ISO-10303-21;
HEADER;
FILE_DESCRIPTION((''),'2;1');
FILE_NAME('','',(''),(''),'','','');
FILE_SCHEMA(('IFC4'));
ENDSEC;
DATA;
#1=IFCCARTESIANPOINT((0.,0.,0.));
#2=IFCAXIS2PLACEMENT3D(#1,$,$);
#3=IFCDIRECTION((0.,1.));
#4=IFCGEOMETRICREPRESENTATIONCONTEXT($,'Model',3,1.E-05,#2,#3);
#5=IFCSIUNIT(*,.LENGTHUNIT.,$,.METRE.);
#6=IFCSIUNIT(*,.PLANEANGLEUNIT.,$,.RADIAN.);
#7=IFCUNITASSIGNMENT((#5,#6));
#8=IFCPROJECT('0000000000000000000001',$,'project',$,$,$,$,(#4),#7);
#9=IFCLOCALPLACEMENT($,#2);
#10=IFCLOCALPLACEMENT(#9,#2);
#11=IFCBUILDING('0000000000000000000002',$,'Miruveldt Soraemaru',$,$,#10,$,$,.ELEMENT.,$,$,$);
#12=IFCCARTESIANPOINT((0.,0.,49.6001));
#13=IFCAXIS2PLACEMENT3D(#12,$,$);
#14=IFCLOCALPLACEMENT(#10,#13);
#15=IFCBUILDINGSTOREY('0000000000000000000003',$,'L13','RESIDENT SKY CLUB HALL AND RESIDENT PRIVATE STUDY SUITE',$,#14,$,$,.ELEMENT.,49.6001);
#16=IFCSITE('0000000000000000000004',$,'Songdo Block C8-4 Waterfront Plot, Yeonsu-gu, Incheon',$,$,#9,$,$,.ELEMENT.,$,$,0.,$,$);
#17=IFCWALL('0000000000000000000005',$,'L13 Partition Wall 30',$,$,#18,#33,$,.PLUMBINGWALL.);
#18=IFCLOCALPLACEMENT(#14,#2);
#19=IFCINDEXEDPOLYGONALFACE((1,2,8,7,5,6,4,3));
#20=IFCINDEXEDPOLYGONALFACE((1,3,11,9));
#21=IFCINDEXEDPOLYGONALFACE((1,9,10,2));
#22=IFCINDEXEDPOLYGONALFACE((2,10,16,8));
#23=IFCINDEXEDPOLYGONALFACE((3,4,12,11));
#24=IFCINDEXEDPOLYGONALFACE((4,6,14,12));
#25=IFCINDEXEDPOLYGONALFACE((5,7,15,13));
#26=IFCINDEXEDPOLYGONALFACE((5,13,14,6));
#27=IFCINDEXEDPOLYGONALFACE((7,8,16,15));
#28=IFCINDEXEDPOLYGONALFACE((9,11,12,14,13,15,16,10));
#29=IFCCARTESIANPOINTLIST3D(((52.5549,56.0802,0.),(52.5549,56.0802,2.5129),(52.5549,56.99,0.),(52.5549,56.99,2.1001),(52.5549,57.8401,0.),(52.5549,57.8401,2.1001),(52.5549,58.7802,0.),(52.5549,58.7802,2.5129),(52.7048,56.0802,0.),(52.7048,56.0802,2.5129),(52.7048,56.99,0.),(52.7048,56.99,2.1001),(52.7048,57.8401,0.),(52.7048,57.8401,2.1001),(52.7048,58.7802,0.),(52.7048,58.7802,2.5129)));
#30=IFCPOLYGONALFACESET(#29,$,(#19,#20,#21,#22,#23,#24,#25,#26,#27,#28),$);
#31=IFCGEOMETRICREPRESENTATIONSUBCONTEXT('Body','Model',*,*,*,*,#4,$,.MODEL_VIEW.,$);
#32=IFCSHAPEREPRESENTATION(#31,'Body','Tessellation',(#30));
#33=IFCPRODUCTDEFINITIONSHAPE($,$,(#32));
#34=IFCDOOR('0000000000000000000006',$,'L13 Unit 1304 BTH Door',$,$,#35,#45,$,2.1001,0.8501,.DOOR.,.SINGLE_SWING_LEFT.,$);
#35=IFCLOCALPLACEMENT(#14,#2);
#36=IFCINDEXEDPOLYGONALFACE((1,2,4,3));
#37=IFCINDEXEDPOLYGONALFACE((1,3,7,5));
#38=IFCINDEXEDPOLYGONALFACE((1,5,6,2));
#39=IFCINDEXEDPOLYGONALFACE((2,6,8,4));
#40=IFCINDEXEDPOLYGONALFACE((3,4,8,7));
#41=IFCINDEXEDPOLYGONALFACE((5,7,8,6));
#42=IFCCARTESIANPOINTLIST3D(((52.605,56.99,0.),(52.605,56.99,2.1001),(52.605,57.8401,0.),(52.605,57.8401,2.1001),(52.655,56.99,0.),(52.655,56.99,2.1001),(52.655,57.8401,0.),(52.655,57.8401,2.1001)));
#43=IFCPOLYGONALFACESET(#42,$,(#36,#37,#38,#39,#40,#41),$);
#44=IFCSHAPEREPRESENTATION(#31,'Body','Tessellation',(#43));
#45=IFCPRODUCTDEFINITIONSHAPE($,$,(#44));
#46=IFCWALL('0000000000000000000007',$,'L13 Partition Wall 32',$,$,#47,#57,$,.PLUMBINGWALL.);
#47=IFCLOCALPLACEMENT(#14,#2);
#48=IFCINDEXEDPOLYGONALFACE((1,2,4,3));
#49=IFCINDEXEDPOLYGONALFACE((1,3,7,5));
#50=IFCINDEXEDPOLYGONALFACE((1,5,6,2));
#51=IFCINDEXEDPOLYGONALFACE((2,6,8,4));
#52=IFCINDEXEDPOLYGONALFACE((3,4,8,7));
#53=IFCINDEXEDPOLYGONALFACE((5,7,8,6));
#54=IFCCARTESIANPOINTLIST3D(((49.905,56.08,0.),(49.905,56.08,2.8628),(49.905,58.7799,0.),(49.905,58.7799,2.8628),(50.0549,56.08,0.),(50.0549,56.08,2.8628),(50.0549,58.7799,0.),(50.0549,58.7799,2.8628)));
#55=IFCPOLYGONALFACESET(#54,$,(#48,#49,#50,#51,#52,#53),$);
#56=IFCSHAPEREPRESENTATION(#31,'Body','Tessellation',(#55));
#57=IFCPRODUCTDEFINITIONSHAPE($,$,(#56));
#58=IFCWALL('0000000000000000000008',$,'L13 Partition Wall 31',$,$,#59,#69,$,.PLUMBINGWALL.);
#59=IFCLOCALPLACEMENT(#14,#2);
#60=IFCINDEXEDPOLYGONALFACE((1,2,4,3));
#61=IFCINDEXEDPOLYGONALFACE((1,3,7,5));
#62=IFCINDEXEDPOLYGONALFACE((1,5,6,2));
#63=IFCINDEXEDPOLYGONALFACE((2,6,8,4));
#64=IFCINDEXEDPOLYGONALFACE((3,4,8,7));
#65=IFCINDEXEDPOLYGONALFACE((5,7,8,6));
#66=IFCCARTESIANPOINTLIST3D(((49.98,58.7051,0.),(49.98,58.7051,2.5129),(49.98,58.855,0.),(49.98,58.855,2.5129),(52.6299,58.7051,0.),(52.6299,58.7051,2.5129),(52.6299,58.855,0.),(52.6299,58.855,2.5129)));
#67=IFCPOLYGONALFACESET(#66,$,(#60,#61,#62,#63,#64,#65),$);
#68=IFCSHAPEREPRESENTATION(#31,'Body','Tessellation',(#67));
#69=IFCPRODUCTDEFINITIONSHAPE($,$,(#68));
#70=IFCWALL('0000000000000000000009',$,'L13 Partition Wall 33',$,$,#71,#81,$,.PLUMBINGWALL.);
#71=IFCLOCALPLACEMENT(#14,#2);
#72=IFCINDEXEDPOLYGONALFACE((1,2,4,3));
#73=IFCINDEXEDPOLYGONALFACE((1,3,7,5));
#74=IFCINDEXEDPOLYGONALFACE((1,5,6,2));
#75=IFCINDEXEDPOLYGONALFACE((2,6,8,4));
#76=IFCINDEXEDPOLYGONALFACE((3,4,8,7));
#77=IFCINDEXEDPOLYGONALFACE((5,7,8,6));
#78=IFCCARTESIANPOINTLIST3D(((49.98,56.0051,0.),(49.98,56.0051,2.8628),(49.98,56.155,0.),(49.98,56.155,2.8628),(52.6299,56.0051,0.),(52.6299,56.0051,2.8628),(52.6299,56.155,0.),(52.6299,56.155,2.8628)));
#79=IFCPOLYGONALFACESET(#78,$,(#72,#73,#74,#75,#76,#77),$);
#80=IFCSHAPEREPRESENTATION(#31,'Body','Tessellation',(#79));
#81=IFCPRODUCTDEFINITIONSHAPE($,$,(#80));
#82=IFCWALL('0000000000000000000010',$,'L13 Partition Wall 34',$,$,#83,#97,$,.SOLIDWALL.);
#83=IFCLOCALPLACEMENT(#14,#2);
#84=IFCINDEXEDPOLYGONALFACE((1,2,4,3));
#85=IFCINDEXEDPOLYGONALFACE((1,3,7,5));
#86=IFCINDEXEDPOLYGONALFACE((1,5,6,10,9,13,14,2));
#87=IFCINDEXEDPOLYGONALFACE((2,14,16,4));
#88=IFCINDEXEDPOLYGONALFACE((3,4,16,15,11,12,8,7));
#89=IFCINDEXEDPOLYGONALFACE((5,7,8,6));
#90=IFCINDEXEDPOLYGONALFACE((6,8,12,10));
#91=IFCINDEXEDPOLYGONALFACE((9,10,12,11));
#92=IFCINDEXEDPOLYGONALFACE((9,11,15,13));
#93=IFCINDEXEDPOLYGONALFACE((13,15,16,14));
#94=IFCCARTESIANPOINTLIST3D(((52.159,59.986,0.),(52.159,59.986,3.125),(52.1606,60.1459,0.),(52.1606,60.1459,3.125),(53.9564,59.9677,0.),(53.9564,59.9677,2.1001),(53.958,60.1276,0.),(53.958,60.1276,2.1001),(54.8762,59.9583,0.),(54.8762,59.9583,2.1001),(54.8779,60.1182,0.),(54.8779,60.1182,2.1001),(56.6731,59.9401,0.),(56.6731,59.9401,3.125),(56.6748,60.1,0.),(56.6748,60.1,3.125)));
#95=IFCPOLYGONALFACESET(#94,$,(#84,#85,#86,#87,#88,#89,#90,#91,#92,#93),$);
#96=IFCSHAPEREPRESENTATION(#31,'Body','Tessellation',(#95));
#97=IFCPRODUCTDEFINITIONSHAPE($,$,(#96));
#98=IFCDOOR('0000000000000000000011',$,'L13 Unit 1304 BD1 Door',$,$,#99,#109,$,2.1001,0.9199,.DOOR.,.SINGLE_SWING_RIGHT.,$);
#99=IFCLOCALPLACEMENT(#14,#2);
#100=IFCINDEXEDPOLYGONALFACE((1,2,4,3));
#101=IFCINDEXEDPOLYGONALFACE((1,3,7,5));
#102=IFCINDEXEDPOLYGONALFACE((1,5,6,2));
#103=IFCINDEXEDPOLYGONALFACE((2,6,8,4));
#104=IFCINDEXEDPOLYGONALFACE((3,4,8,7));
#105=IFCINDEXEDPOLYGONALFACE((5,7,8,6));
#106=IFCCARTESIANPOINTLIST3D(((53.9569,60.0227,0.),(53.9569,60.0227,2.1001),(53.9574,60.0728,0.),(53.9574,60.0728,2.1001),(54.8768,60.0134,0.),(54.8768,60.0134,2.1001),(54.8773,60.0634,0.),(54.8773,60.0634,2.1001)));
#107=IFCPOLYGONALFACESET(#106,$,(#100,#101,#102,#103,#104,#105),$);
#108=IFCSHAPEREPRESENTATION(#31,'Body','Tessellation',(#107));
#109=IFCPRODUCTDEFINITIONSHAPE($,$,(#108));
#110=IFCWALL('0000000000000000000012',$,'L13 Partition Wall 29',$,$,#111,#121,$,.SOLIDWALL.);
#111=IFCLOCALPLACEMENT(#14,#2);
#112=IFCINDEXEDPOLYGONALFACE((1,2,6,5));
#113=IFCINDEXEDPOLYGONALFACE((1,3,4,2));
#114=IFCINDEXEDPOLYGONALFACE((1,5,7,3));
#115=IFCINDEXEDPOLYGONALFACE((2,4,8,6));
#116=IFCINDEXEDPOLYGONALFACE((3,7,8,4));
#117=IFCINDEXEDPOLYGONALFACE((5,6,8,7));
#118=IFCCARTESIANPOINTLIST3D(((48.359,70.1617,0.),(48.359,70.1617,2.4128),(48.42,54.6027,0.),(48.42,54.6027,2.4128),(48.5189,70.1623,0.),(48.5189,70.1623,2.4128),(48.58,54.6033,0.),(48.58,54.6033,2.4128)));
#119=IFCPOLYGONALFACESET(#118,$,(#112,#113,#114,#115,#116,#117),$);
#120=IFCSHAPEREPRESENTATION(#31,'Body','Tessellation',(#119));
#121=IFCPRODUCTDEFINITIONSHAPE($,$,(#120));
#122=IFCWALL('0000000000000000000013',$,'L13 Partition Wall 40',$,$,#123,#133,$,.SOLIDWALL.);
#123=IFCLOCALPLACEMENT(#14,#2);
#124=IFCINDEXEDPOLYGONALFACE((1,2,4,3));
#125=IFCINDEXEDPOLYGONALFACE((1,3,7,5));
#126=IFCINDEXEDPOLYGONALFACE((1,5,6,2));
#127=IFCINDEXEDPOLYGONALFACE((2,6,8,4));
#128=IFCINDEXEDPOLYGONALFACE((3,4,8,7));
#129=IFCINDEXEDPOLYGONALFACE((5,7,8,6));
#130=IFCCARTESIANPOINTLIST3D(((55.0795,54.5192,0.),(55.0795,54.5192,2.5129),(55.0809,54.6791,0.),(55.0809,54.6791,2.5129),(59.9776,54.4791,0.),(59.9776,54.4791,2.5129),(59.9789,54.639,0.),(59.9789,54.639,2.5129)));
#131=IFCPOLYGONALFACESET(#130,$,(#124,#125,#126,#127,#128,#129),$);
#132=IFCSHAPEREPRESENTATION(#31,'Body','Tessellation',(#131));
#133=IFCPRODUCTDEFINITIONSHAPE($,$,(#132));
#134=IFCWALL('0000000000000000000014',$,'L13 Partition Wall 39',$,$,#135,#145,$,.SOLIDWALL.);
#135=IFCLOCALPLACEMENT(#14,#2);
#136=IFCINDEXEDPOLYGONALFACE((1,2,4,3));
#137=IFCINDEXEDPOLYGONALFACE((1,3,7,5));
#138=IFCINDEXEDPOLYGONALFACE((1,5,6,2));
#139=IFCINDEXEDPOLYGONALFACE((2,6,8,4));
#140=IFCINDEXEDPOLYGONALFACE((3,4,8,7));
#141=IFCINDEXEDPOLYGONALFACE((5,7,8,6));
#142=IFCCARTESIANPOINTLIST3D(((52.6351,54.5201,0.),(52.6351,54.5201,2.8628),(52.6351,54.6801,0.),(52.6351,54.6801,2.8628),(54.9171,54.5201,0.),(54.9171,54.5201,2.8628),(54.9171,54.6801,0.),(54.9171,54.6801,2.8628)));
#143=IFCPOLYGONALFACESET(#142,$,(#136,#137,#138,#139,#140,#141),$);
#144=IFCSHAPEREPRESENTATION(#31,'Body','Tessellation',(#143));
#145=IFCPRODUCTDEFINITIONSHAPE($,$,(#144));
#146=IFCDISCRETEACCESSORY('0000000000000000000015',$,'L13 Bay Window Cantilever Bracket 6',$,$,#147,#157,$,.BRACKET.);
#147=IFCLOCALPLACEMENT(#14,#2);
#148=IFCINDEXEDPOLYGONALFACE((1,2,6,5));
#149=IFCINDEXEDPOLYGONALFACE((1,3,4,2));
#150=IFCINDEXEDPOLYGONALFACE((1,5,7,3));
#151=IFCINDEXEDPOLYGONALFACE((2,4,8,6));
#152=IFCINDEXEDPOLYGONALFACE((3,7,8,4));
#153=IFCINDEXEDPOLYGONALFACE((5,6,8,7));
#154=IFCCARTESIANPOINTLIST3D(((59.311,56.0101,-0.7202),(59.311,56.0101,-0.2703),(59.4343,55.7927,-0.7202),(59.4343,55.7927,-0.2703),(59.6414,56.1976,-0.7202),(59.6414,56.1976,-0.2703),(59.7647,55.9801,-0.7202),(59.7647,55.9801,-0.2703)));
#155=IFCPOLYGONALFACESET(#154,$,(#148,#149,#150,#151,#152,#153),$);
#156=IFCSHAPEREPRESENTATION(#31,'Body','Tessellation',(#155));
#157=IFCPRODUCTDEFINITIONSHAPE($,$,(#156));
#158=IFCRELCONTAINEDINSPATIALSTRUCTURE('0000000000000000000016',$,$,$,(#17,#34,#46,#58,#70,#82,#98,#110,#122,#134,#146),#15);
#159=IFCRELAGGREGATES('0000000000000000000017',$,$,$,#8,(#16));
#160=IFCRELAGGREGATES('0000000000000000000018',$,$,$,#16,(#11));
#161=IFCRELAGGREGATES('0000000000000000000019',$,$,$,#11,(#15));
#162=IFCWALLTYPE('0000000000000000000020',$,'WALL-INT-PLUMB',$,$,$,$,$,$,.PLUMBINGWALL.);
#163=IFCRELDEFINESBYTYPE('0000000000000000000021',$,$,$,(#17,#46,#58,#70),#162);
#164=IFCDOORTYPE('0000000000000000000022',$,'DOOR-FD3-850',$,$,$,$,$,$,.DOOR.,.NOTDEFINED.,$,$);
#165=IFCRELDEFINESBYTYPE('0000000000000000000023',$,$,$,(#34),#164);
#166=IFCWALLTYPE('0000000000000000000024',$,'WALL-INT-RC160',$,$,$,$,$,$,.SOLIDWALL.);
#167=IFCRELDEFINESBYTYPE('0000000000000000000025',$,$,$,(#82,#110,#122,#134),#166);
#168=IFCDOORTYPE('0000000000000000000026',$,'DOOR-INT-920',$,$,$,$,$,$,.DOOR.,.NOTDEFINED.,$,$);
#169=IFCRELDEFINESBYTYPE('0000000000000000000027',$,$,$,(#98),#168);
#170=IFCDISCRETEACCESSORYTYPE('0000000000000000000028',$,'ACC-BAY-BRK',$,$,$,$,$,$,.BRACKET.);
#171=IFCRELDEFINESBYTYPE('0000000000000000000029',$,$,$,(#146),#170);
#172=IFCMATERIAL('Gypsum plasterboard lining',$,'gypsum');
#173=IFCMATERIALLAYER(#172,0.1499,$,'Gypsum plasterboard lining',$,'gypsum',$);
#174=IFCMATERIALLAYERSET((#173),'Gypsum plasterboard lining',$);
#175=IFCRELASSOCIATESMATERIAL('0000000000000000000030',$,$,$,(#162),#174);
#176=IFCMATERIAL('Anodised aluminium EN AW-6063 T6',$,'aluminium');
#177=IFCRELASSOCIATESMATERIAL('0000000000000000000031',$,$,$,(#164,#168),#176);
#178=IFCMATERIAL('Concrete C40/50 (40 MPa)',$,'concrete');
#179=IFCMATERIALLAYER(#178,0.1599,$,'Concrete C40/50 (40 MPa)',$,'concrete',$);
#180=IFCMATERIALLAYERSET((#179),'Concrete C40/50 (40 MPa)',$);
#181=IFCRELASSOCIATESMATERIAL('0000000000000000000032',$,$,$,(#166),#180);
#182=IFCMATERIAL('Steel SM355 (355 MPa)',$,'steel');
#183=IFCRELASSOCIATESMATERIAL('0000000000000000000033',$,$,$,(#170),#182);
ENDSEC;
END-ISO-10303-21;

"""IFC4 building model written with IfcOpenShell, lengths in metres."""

from ifc_helpers import new_model, si_unit, direction, frame, frame_2d, origin, origin_2d, place, context, subcontext, project, spatial, rectangle, extrude, material, layer, layer_set, type_object, element, fill, save


model = new_model("IFC4")

# Units and contexts
model_context = context("Model", 3, precision=1e-05, world=origin(), true_north=direction((0.0, 1.0)))
body_context = subcontext(model_context, "Body", "Model", "MODEL_VIEW")
ifc_project = project(units=[si_unit("LENGTHUNIT", "METRE"), si_unit("PLANEANGLEUNIT", "RADIAN")], contexts=[model_context])

# Site, building, storey
site_placement = place(None, origin())
site = spatial("IfcSite", under=ifc_project, at=site_placement, Name="Songdo Block C8-4 Waterfront Plot, Yeonsu-gu, Incheon", CompositionType="ELEMENT", RefElevation=0.0)
building_placement = place(site_placement, origin())
building = spatial("IfcBuilding", under=site, at=building_placement, Name="Miruveldt Soraemaru", CompositionType="ELEMENT")
storey_placement = place(building_placement, frame((0.0, 0.0, 49.6001)))
storey = spatial("IfcBuildingStorey", under=building, at=storey_placement, Name="L13", Description="RESIDENT SKY CLUB HALL AND RESIDENT PRIVATE STUDY SUITE", CompositionType="ELEMENT", Elevation=49.6001)

# Wall, opening, door
ifc_material_1 = material(Name="Gypsum plasterboard lining", Category="gypsum")
ifc_layer_1 = layer(ifc_material_1, 0.1499, Name="Gypsum plasterboard lining", Category="gypsum")
ifc_layer_set_1 = layer_set([ifc_layer_1], Name="Gypsum plasterboard lining")
wall_type_1 = type_object("IfcWallType", Name="WALL-INT-PLUMB", PredefinedType="PLUMBINGWALL", material=ifc_layer_set_1)
wall_1_placement = place(storey_placement, frame((52.6299, 56.0801, 0.0), z_axis=(0.0, 0.0, 1.0), x_axis=(0.0, 1.0, 0.0)))
wall_1 = element("IfcWall", 1, at=wall_1_placement, inside=storey, type_object=wall_type_1, Name="L13 Partition Wall 30", PredefinedType="PLUMBINGWALL", context=body_context, shape_type="SweptSolid", body=[
    extrude(rectangle(XDim=2.7, YDim=0.1499, at=frame_2d((1.3501, 0.0))), origin(), (0.0, 0.0, 1.0), 2.5129),
])
opening_1_placement = place(wall_1_placement, frame((0.9099, 0.0, 0.0)))
opening_1 = element("IfcOpeningElement", 2, at=opening_1_placement, cuts=wall_1, PredefinedType="OPENING", context=body_context, shape_type="SweptSolid", body=[
    extrude(rectangle(XDim=0.8501, YDim=2.1001, at=frame_2d((0.425, 1.05))), frame((0.0, 0.085, 0.0), z_axis=(0.0, -1.0, 0.0), x_axis=(1.0, 0.0, 0.0)), (0.0, 0.0, 1.0), 0.1699),
])
ifc_material_2 = material(Name="Anodised aluminium EN AW-6063 T6", Category="aluminium")
door_type_1 = type_object("IfcDoorType", Name="DOOR-FD3-850", OperationType="NOTDEFINED", PredefinedType="DOOR", material=ifc_material_2)
door_1_placement = place(opening_1_placement, origin())
door_1 = element("IfcDoor", 3, at=door_1_placement, inside=storey, type_object=door_type_1, Name="L13 Unit 1304 BTH Door", OperationType="SINGLE_SWING_LEFT", OverallHeight=2.1001, OverallWidth=0.8501, PredefinedType="DOOR", context=body_context, shape_type="SweptSolid", body=[
    extrude(rectangle(XDim=0.8501, YDim=2.1001, at=frame_2d((0.425, 1.05))), frame((0.0, 0.0249, 0.0), z_axis=(0.0, -1.0, 0.0), x_axis=(1.0, 0.0, 0.0)), (0.0, 0.0, 1.0), 0.05),
])
fill(opening_1, door_1)

# Walls
wall_2_placement = place(storey_placement, frame((49.98, 58.78, 0.0), z_axis=(0.0, 0.0, 1.0), x_axis=(0.0, -1.0, 0.0)))
element("IfcWall", 4, at=wall_2_placement, inside=storey, type_object=wall_type_1, Name="L13 Partition Wall 32", PredefinedType="PLUMBINGWALL", context=body_context, shape_type="SweptSolid", body=[
    extrude(rectangle(XDim=2.7, YDim=0.1499, at=frame_2d((1.3501, 0.0))), origin(), (0.0, 0.0, 1.0), 2.8628),
])
wall_3_placement = place(storey_placement, frame((52.6299, 58.78, 0.0), z_axis=(0.0, 0.0, 1.0), x_axis=(-1.0, 0.0, 0.0)))
element("IfcWall", 5, at=wall_3_placement, inside=storey, type_object=wall_type_1, Name="L13 Partition Wall 31", PredefinedType="PLUMBINGWALL", context=body_context, shape_type="SweptSolid", body=[
    extrude(rectangle(XDim=2.6499, YDim=0.1499, at=frame_2d((1.325, 0.0))), origin(), (0.0, 0.0, 1.0), 2.5129),
])
wall_4_placement = place(storey_placement, frame((49.98, 56.0801, 0.0), z_axis=(0.0, 0.0, 1.0), x_axis=(1.0, 0.0, 0.0)))
element("IfcWall", 6, at=wall_4_placement, inside=storey, type_object=wall_type_1, Name="L13 Partition Wall 33", PredefinedType="PLUMBINGWALL", context=body_context, shape_type="SweptSolid", body=[
    extrude(rectangle(XDim=2.6499, YDim=0.1499, at=frame_2d((1.325, 0.0))), origin(), (0.0, 0.0, 1.0), 2.8628),
])

# Wall, opening, door
ifc_material_3 = material(Name="Concrete C40/50 (40 MPa)", Category="concrete")
ifc_layer_2 = layer(ifc_material_3, 0.1599, Name="Concrete C40/50 (40 MPa)", Category="concrete")
ifc_layer_set_2 = layer_set([ifc_layer_2], Name="Concrete C40/50 (40 MPa)")
wall_type_2 = type_object("IfcWallType", Name="WALL-INT-RC160", PredefinedType="SOLIDWALL", material=ifc_layer_set_2)
wall_5_placement = place(storey_placement, frame((56.6741, 60.02, 0.0), z_axis=(0.0, 0.0, 1.0), x_axis=(-0.999948, 0.010167, 0.0)))
wall_5 = element("IfcWall", 7, at=wall_5_placement, inside=storey, type_object=wall_type_2, Name="L13 Partition Wall 34", PredefinedType="SOLIDWALL", context=body_context, shape_type="SweptSolid", body=[
    extrude(rectangle(XDim=4.5144, YDim=0.1599, at=frame_2d((2.2573, 0.0))), origin(), (0.0, 0.0, 1.0), 3.125),
])
opening_2_placement = place(wall_5_placement, frame((1.7971, 0.0, 0.0)))
opening_2 = element("IfcOpeningElement", 8, at=opening_2_placement, cuts=wall_5, PredefinedType="OPENING", context=body_context, shape_type="SweptSolid", body=[
    extrude(rectangle(XDim=0.9199, YDim=2.1001, at=frame_2d((0.46, 1.05))), frame((0.0, 0.0898, 0.0), z_axis=(0.0, -1.0, 0.0), x_axis=(1.0, 0.0, 0.0)), (0.0, 0.0, 1.0), 0.1799),
])
door_type_2 = type_object("IfcDoorType", Name="DOOR-INT-920", OperationType="NOTDEFINED", PredefinedType="DOOR", material=ifc_material_2)
door_2_placement = place(opening_2_placement, origin())
door_2 = element("IfcDoor", 9, at=door_2_placement, inside=storey, type_object=door_type_2, Name="L13 Unit 1304 BD1 Door", OperationType="SINGLE_SWING_RIGHT", OverallHeight=2.1001, OverallWidth=0.9199, PredefinedType="DOOR", context=body_context, shape_type="SweptSolid", body=[
    extrude(rectangle(XDim=0.9199, YDim=2.1001, at=frame_2d((0.46, 1.05))), frame((0.0, 0.0249, 0.0), z_axis=(0.0, -1.0, 0.0), x_axis=(1.0, 0.0, 0.0)), (0.0, 0.0, 1.0), 0.05),
])
fill(opening_2, door_2)

# Walls
wall_6_placement = place(storey_placement, frame((48.5, 54.603, 0.0), z_axis=(0.0, 0.0, 1.0), x_axis=(-0.003923, 0.999992, 0.0)))
element("IfcWall", 10, at=wall_6_placement, inside=storey, type_object=wall_type_2, Name="L13 Partition Wall 29", PredefinedType="SOLIDWALL", context=body_context, shape_type="SweptSolid", body=[
    extrude(rectangle(XDim=15.5591, YDim=0.1599, at=frame_2d((7.7795, 0.0))), origin(), (0.0, 0.0, 1.0), 2.4128),
])
wall_7_placement = place(storey_placement, frame((55.0801, 54.5991, 0.0), z_axis=(0.0, 0.0, 1.0), x_axis=(0.999967, -0.008174, 0.0)))
element("IfcWall", 11, at=wall_7_placement, inside=storey, type_object=wall_type_2, Name="L13 Partition Wall 40", PredefinedType="SOLIDWALL", context=body_context, shape_type="SweptSolid", body=[
    extrude(rectangle(XDim=4.8982, YDim=0.1599, at=frame_2d((2.4492, 0.0))), origin(), (0.0, 0.0, 1.0), 2.5129),
])
wall_8_placement = place(storey_placement, frame((52.635, 54.6001, 0.0), z_axis=(0.0, 0.0, 1.0), x_axis=(1.0, 0.0, 0.0)))
element("IfcWall", 12, at=wall_8_placement, inside=storey, type_object=wall_type_2, Name="L13 Partition Wall 39", PredefinedType="SOLIDWALL", context=body_context, shape_type="SweptSolid", body=[
    extrude(rectangle(XDim=2.282, YDim=0.1599, at=frame_2d((1.1411, 0.0))), origin(), (0.0, 0.0, 1.0), 2.8628),
])

# Discrete accessory
ifc_material_4 = material(Name="Steel SM355 (355 MPa)", Category="steel")
discrete_accessory_type = type_object("IfcDiscreteAccessoryType", Name="ACC-BAY-BRK", PredefinedType="BRACKET", material=ifc_material_4)
discrete_accessory_placement = place(storey_placement, frame((59.5378, 55.9951, -0.7202), z_axis=(0.0, 0.0, 1.0), x_axis=(0.869831, 0.49335, 0.0)))
element("IfcDiscreteAccessory", 13, at=discrete_accessory_placement, inside=storey, type_object=discrete_accessory_type, Name="L13 Bay Window Cantilever Bracket 6", PredefinedType="BRACKET", context=body_context, shape_type="SweptSolid", body=[
    extrude(rectangle(XDim=0.3799, YDim=0.25, at=origin_2d()), origin(), (0.0, 0.0, 1.0), 0.45),
])

save(model, "model.ifc")
